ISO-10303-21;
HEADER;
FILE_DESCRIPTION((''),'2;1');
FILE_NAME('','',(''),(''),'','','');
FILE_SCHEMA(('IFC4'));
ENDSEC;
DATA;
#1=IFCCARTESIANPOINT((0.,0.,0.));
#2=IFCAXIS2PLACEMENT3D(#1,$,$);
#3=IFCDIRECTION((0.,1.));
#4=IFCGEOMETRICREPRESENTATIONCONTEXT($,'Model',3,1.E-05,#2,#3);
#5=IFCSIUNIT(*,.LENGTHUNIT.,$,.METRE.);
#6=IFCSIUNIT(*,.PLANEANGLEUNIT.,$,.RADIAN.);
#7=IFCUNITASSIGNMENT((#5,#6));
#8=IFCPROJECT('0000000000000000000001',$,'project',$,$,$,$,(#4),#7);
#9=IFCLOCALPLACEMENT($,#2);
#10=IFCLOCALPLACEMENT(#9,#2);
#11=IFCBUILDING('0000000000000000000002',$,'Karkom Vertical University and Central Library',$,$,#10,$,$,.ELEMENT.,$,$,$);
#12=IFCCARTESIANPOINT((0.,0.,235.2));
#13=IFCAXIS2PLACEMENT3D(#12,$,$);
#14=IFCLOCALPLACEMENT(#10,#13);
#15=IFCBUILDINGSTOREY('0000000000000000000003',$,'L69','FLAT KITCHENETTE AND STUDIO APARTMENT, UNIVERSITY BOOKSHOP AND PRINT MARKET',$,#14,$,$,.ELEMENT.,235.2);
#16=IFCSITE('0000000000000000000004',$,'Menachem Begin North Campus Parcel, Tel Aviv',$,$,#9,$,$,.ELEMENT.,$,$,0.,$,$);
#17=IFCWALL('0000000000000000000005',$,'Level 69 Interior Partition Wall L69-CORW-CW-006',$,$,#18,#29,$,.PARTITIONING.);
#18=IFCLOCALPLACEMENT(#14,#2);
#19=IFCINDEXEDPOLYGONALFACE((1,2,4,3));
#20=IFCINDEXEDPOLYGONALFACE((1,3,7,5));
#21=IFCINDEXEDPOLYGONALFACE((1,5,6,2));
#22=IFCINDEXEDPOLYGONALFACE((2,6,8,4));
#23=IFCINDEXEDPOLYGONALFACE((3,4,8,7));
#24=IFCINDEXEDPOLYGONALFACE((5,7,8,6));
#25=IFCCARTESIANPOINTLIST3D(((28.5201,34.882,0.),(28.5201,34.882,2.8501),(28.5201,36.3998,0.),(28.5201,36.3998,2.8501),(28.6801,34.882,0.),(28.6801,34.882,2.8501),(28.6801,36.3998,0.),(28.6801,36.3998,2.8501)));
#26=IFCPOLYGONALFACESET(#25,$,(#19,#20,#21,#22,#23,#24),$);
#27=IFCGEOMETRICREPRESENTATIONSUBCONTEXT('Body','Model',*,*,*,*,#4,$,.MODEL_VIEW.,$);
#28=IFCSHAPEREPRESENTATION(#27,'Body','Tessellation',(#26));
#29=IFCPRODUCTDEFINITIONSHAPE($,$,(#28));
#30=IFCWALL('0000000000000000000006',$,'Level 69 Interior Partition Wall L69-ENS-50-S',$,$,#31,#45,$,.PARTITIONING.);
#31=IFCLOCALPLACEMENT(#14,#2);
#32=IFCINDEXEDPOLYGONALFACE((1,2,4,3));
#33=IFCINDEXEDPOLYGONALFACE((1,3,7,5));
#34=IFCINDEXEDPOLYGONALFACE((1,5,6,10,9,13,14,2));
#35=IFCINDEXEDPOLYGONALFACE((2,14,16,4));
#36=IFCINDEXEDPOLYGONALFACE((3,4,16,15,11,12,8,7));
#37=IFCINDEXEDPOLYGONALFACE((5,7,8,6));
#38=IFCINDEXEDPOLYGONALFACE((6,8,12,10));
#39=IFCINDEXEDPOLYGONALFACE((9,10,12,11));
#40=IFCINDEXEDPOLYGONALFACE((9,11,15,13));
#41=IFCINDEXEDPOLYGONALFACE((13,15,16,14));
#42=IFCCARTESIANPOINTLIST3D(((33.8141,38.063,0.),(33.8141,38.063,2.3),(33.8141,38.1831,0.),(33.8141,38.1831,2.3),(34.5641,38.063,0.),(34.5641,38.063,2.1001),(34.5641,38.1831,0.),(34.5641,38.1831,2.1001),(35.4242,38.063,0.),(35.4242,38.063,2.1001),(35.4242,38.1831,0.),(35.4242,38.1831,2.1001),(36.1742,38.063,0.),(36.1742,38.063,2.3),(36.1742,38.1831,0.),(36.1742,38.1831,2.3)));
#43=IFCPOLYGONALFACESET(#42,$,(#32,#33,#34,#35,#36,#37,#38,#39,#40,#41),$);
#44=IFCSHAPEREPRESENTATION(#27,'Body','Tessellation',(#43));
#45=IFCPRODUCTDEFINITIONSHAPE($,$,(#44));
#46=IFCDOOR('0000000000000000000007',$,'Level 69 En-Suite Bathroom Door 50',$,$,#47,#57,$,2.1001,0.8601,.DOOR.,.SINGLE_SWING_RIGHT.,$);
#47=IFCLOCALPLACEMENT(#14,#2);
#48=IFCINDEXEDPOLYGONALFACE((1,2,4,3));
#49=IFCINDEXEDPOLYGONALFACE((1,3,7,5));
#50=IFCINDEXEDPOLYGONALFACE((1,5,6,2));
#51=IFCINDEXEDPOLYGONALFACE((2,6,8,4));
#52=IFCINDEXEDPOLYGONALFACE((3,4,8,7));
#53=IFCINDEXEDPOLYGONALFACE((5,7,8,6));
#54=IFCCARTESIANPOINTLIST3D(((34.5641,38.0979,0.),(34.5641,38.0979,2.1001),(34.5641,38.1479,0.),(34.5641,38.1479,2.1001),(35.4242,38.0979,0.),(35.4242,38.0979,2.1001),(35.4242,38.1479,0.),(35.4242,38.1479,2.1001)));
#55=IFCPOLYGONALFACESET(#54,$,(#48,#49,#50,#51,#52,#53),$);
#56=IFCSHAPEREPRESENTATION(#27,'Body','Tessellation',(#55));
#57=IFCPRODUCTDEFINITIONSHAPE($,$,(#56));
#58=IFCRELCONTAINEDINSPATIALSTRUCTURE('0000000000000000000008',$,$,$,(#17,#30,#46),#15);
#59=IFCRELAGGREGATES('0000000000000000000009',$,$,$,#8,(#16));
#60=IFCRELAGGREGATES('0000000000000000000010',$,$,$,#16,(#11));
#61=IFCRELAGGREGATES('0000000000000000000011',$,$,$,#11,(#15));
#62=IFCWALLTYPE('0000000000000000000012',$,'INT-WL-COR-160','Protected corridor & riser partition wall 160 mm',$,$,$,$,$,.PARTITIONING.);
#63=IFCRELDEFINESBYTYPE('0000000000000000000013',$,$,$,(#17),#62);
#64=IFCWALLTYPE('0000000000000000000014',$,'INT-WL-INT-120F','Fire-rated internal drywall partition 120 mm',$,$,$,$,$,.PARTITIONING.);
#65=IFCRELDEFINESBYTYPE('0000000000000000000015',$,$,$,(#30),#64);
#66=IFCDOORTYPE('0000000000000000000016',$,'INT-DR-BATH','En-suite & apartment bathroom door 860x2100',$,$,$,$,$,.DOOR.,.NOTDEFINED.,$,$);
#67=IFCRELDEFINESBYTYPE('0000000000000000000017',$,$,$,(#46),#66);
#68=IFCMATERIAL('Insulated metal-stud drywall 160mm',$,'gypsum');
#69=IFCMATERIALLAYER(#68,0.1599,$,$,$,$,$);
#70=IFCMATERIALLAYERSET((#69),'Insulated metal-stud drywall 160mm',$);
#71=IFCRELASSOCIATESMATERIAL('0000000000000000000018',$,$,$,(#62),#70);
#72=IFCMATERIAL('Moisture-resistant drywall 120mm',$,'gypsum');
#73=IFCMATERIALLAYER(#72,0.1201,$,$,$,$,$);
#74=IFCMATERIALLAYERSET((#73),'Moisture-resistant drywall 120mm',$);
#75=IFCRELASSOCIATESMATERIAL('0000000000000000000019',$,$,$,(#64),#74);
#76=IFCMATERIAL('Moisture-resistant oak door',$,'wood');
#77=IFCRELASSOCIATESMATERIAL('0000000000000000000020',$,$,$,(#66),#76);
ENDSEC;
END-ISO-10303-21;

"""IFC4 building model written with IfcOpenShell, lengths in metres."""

from ifc_helpers import new_model, si_unit, direction, frame, frame_2d, origin, origin_with_axes, place, context, subcontext, project, spatial, rectangle, extrude, source, transform, mapped, material, layer, layer_set, type_object, element, fill, save


model = new_model("IFC4")

# Units and contexts
model_context = context("Model", 3, precision=1e-05, world=origin(), true_north=direction((0.0, 1.0)))
body_context = subcontext(model_context, "Body", "Model", "MODEL_VIEW")
ifc_project = project(units=[si_unit("LENGTHUNIT", "METRE"), si_unit("PLANEANGLEUNIT", "RADIAN")], contexts=[model_context])

# Site, building, storey
site_placement = place(None, origin())
site = spatial("IfcSite", under=ifc_project, at=site_placement, Name="Menachem Begin North Campus Parcel, Tel Aviv", CompositionType="ELEMENT", RefElevation=0.0)
building_placement = place(site_placement, origin())
building = spatial("IfcBuilding", under=site, at=building_placement, Name="Karkom Vertical University and Central Library", CompositionType="ELEMENT")
storey_placement = place(building_placement, frame((0.0, 0.0, 235.2)))
storey = spatial("IfcBuildingStorey", under=building, at=storey_placement, Name="L69", Description="FLAT KITCHENETTE AND STUDIO APARTMENT, UNIVERSITY BOOKSHOP AND PRINT MARKET", CompositionType="ELEMENT", Elevation=235.2)

# Shared definitions
ifc_material_1 = material(Name="Insulated metal-stud drywall 160mm", Category="gypsum")
ifc_layer_1 = layer(ifc_material_1, 0.1599)
ifc_layer_set_1 = layer_set([ifc_layer_1], Name="Insulated metal-stud drywall 160mm")
wall_type_1 = type_object("IfcWallType", Name="INT-WL-COR-160", Description="Protected corridor & riser partition wall 160 mm", PredefinedType="PARTITIONING", material=ifc_layer_set_1)

# Wall
wall_1_placement = place(storey_placement, frame((28.6001, 34.8821, 0.0), z_axis=(0.0, 0.0, 1.0), x_axis=(0.0, 1.0, 0.0)))
element("IfcWall", 1, at=wall_1_placement, inside=storey, type_object=wall_type_1, Name="Level 69 Interior Partition Wall L69-CORW-CW-006", PredefinedType="PARTITIONING", context=body_context, shape_type="SweptSolid", body=[
    extrude(rectangle(XDim=1.5178, YDim=0.1599, at=frame_2d((0.7588, 0.0))), origin(), (0.0, 0.0, 1.0), 2.8501),
])

# Wall, opening, door
ifc_material_2 = material(Name="Moisture-resistant drywall 120mm", Category="gypsum")
ifc_layer_2 = layer(ifc_material_2, 0.1201)
ifc_layer_set_2 = layer_set([ifc_layer_2], Name="Moisture-resistant drywall 120mm")
wall_type_2 = type_object("IfcWallType", Name="INT-WL-INT-120F", Description="Fire-rated internal drywall partition 120 mm", PredefinedType="PARTITIONING", material=ifc_layer_set_2)
wall_2_placement = place(storey_placement, frame((33.814, 38.123, 0.0), z_axis=(0.0, 0.0, 1.0), x_axis=(1.0, 0.0, 0.0)))
wall_2 = element("IfcWall", 2, at=wall_2_placement, inside=storey, type_object=wall_type_2, Name="Level 69 Interior Partition Wall L69-ENS-50-S", PredefinedType="PARTITIONING", context=body_context, shape_type="SweptSolid", body=[
    extrude(rectangle(XDim=2.3601, YDim=0.1201, at=frame_2d((1.1802, 0.0))), origin(), (0.0, 0.0, 1.0), 2.3),
])
opening_1_placement = place(wall_2_placement, frame((0.75, 0.0, 0.0)))
opening_1 = element("IfcOpeningElement", 3, at=opening_1_placement, cuts=wall_2, PredefinedType="OPENING", context=body_context, shape_type="SweptSolid", body=[
    extrude(rectangle(XDim=0.8601, YDim=2.1001, at=frame_2d((0.4302, 1.05))), frame((0.0, 0.0701, 0.0), z_axis=(0.0, -1.0, 0.0), x_axis=(1.0, 0.0, 0.0)), (0.0, 0.0, 1.0), 0.1401),
])
ifc_material_3 = material(Name="Moisture-resistant oak door", Category="wood")
door_type_1 = type_object("IfcDoorType", Name="INT-DR-BATH", Description="En-suite & apartment bathroom door 860x2100", OperationType="NOTDEFINED", PredefinedType="DOOR", material=ifc_material_3)
shared_shape_1 = source(origin_with_axes(), body_context, "Body", "SweptSolid", [
    extrude(rectangle(XDim=0.8601, YDim=2.1001, at=frame_2d((0.4302, 1.05))), frame((0.0, 0.0249, 0.0), z_axis=(0.0, -1.0, 0.0), x_axis=(1.0, 0.0, 0.0)), (0.0, 0.0, 1.0), 0.05),
])
door_1_placement = place(opening_1_placement, origin())
door_1 = element("IfcDoor", 4, at=door_1_placement, inside=storey, type_object=door_type_1, Name="Level 69 En-Suite Bathroom Door 50", OperationType="SINGLE_SWING_RIGHT", OverallHeight=2.1001, OverallWidth=0.8601, PredefinedType="DOOR", context=body_context, shape_type="MappedRepresentation", body=[
    mapped(shared_shape_1, transform((0.0, 0.0, 0.0), scale=1.0)),
])
fill(opening_1, door_1)

save(model, "model.ifc")
